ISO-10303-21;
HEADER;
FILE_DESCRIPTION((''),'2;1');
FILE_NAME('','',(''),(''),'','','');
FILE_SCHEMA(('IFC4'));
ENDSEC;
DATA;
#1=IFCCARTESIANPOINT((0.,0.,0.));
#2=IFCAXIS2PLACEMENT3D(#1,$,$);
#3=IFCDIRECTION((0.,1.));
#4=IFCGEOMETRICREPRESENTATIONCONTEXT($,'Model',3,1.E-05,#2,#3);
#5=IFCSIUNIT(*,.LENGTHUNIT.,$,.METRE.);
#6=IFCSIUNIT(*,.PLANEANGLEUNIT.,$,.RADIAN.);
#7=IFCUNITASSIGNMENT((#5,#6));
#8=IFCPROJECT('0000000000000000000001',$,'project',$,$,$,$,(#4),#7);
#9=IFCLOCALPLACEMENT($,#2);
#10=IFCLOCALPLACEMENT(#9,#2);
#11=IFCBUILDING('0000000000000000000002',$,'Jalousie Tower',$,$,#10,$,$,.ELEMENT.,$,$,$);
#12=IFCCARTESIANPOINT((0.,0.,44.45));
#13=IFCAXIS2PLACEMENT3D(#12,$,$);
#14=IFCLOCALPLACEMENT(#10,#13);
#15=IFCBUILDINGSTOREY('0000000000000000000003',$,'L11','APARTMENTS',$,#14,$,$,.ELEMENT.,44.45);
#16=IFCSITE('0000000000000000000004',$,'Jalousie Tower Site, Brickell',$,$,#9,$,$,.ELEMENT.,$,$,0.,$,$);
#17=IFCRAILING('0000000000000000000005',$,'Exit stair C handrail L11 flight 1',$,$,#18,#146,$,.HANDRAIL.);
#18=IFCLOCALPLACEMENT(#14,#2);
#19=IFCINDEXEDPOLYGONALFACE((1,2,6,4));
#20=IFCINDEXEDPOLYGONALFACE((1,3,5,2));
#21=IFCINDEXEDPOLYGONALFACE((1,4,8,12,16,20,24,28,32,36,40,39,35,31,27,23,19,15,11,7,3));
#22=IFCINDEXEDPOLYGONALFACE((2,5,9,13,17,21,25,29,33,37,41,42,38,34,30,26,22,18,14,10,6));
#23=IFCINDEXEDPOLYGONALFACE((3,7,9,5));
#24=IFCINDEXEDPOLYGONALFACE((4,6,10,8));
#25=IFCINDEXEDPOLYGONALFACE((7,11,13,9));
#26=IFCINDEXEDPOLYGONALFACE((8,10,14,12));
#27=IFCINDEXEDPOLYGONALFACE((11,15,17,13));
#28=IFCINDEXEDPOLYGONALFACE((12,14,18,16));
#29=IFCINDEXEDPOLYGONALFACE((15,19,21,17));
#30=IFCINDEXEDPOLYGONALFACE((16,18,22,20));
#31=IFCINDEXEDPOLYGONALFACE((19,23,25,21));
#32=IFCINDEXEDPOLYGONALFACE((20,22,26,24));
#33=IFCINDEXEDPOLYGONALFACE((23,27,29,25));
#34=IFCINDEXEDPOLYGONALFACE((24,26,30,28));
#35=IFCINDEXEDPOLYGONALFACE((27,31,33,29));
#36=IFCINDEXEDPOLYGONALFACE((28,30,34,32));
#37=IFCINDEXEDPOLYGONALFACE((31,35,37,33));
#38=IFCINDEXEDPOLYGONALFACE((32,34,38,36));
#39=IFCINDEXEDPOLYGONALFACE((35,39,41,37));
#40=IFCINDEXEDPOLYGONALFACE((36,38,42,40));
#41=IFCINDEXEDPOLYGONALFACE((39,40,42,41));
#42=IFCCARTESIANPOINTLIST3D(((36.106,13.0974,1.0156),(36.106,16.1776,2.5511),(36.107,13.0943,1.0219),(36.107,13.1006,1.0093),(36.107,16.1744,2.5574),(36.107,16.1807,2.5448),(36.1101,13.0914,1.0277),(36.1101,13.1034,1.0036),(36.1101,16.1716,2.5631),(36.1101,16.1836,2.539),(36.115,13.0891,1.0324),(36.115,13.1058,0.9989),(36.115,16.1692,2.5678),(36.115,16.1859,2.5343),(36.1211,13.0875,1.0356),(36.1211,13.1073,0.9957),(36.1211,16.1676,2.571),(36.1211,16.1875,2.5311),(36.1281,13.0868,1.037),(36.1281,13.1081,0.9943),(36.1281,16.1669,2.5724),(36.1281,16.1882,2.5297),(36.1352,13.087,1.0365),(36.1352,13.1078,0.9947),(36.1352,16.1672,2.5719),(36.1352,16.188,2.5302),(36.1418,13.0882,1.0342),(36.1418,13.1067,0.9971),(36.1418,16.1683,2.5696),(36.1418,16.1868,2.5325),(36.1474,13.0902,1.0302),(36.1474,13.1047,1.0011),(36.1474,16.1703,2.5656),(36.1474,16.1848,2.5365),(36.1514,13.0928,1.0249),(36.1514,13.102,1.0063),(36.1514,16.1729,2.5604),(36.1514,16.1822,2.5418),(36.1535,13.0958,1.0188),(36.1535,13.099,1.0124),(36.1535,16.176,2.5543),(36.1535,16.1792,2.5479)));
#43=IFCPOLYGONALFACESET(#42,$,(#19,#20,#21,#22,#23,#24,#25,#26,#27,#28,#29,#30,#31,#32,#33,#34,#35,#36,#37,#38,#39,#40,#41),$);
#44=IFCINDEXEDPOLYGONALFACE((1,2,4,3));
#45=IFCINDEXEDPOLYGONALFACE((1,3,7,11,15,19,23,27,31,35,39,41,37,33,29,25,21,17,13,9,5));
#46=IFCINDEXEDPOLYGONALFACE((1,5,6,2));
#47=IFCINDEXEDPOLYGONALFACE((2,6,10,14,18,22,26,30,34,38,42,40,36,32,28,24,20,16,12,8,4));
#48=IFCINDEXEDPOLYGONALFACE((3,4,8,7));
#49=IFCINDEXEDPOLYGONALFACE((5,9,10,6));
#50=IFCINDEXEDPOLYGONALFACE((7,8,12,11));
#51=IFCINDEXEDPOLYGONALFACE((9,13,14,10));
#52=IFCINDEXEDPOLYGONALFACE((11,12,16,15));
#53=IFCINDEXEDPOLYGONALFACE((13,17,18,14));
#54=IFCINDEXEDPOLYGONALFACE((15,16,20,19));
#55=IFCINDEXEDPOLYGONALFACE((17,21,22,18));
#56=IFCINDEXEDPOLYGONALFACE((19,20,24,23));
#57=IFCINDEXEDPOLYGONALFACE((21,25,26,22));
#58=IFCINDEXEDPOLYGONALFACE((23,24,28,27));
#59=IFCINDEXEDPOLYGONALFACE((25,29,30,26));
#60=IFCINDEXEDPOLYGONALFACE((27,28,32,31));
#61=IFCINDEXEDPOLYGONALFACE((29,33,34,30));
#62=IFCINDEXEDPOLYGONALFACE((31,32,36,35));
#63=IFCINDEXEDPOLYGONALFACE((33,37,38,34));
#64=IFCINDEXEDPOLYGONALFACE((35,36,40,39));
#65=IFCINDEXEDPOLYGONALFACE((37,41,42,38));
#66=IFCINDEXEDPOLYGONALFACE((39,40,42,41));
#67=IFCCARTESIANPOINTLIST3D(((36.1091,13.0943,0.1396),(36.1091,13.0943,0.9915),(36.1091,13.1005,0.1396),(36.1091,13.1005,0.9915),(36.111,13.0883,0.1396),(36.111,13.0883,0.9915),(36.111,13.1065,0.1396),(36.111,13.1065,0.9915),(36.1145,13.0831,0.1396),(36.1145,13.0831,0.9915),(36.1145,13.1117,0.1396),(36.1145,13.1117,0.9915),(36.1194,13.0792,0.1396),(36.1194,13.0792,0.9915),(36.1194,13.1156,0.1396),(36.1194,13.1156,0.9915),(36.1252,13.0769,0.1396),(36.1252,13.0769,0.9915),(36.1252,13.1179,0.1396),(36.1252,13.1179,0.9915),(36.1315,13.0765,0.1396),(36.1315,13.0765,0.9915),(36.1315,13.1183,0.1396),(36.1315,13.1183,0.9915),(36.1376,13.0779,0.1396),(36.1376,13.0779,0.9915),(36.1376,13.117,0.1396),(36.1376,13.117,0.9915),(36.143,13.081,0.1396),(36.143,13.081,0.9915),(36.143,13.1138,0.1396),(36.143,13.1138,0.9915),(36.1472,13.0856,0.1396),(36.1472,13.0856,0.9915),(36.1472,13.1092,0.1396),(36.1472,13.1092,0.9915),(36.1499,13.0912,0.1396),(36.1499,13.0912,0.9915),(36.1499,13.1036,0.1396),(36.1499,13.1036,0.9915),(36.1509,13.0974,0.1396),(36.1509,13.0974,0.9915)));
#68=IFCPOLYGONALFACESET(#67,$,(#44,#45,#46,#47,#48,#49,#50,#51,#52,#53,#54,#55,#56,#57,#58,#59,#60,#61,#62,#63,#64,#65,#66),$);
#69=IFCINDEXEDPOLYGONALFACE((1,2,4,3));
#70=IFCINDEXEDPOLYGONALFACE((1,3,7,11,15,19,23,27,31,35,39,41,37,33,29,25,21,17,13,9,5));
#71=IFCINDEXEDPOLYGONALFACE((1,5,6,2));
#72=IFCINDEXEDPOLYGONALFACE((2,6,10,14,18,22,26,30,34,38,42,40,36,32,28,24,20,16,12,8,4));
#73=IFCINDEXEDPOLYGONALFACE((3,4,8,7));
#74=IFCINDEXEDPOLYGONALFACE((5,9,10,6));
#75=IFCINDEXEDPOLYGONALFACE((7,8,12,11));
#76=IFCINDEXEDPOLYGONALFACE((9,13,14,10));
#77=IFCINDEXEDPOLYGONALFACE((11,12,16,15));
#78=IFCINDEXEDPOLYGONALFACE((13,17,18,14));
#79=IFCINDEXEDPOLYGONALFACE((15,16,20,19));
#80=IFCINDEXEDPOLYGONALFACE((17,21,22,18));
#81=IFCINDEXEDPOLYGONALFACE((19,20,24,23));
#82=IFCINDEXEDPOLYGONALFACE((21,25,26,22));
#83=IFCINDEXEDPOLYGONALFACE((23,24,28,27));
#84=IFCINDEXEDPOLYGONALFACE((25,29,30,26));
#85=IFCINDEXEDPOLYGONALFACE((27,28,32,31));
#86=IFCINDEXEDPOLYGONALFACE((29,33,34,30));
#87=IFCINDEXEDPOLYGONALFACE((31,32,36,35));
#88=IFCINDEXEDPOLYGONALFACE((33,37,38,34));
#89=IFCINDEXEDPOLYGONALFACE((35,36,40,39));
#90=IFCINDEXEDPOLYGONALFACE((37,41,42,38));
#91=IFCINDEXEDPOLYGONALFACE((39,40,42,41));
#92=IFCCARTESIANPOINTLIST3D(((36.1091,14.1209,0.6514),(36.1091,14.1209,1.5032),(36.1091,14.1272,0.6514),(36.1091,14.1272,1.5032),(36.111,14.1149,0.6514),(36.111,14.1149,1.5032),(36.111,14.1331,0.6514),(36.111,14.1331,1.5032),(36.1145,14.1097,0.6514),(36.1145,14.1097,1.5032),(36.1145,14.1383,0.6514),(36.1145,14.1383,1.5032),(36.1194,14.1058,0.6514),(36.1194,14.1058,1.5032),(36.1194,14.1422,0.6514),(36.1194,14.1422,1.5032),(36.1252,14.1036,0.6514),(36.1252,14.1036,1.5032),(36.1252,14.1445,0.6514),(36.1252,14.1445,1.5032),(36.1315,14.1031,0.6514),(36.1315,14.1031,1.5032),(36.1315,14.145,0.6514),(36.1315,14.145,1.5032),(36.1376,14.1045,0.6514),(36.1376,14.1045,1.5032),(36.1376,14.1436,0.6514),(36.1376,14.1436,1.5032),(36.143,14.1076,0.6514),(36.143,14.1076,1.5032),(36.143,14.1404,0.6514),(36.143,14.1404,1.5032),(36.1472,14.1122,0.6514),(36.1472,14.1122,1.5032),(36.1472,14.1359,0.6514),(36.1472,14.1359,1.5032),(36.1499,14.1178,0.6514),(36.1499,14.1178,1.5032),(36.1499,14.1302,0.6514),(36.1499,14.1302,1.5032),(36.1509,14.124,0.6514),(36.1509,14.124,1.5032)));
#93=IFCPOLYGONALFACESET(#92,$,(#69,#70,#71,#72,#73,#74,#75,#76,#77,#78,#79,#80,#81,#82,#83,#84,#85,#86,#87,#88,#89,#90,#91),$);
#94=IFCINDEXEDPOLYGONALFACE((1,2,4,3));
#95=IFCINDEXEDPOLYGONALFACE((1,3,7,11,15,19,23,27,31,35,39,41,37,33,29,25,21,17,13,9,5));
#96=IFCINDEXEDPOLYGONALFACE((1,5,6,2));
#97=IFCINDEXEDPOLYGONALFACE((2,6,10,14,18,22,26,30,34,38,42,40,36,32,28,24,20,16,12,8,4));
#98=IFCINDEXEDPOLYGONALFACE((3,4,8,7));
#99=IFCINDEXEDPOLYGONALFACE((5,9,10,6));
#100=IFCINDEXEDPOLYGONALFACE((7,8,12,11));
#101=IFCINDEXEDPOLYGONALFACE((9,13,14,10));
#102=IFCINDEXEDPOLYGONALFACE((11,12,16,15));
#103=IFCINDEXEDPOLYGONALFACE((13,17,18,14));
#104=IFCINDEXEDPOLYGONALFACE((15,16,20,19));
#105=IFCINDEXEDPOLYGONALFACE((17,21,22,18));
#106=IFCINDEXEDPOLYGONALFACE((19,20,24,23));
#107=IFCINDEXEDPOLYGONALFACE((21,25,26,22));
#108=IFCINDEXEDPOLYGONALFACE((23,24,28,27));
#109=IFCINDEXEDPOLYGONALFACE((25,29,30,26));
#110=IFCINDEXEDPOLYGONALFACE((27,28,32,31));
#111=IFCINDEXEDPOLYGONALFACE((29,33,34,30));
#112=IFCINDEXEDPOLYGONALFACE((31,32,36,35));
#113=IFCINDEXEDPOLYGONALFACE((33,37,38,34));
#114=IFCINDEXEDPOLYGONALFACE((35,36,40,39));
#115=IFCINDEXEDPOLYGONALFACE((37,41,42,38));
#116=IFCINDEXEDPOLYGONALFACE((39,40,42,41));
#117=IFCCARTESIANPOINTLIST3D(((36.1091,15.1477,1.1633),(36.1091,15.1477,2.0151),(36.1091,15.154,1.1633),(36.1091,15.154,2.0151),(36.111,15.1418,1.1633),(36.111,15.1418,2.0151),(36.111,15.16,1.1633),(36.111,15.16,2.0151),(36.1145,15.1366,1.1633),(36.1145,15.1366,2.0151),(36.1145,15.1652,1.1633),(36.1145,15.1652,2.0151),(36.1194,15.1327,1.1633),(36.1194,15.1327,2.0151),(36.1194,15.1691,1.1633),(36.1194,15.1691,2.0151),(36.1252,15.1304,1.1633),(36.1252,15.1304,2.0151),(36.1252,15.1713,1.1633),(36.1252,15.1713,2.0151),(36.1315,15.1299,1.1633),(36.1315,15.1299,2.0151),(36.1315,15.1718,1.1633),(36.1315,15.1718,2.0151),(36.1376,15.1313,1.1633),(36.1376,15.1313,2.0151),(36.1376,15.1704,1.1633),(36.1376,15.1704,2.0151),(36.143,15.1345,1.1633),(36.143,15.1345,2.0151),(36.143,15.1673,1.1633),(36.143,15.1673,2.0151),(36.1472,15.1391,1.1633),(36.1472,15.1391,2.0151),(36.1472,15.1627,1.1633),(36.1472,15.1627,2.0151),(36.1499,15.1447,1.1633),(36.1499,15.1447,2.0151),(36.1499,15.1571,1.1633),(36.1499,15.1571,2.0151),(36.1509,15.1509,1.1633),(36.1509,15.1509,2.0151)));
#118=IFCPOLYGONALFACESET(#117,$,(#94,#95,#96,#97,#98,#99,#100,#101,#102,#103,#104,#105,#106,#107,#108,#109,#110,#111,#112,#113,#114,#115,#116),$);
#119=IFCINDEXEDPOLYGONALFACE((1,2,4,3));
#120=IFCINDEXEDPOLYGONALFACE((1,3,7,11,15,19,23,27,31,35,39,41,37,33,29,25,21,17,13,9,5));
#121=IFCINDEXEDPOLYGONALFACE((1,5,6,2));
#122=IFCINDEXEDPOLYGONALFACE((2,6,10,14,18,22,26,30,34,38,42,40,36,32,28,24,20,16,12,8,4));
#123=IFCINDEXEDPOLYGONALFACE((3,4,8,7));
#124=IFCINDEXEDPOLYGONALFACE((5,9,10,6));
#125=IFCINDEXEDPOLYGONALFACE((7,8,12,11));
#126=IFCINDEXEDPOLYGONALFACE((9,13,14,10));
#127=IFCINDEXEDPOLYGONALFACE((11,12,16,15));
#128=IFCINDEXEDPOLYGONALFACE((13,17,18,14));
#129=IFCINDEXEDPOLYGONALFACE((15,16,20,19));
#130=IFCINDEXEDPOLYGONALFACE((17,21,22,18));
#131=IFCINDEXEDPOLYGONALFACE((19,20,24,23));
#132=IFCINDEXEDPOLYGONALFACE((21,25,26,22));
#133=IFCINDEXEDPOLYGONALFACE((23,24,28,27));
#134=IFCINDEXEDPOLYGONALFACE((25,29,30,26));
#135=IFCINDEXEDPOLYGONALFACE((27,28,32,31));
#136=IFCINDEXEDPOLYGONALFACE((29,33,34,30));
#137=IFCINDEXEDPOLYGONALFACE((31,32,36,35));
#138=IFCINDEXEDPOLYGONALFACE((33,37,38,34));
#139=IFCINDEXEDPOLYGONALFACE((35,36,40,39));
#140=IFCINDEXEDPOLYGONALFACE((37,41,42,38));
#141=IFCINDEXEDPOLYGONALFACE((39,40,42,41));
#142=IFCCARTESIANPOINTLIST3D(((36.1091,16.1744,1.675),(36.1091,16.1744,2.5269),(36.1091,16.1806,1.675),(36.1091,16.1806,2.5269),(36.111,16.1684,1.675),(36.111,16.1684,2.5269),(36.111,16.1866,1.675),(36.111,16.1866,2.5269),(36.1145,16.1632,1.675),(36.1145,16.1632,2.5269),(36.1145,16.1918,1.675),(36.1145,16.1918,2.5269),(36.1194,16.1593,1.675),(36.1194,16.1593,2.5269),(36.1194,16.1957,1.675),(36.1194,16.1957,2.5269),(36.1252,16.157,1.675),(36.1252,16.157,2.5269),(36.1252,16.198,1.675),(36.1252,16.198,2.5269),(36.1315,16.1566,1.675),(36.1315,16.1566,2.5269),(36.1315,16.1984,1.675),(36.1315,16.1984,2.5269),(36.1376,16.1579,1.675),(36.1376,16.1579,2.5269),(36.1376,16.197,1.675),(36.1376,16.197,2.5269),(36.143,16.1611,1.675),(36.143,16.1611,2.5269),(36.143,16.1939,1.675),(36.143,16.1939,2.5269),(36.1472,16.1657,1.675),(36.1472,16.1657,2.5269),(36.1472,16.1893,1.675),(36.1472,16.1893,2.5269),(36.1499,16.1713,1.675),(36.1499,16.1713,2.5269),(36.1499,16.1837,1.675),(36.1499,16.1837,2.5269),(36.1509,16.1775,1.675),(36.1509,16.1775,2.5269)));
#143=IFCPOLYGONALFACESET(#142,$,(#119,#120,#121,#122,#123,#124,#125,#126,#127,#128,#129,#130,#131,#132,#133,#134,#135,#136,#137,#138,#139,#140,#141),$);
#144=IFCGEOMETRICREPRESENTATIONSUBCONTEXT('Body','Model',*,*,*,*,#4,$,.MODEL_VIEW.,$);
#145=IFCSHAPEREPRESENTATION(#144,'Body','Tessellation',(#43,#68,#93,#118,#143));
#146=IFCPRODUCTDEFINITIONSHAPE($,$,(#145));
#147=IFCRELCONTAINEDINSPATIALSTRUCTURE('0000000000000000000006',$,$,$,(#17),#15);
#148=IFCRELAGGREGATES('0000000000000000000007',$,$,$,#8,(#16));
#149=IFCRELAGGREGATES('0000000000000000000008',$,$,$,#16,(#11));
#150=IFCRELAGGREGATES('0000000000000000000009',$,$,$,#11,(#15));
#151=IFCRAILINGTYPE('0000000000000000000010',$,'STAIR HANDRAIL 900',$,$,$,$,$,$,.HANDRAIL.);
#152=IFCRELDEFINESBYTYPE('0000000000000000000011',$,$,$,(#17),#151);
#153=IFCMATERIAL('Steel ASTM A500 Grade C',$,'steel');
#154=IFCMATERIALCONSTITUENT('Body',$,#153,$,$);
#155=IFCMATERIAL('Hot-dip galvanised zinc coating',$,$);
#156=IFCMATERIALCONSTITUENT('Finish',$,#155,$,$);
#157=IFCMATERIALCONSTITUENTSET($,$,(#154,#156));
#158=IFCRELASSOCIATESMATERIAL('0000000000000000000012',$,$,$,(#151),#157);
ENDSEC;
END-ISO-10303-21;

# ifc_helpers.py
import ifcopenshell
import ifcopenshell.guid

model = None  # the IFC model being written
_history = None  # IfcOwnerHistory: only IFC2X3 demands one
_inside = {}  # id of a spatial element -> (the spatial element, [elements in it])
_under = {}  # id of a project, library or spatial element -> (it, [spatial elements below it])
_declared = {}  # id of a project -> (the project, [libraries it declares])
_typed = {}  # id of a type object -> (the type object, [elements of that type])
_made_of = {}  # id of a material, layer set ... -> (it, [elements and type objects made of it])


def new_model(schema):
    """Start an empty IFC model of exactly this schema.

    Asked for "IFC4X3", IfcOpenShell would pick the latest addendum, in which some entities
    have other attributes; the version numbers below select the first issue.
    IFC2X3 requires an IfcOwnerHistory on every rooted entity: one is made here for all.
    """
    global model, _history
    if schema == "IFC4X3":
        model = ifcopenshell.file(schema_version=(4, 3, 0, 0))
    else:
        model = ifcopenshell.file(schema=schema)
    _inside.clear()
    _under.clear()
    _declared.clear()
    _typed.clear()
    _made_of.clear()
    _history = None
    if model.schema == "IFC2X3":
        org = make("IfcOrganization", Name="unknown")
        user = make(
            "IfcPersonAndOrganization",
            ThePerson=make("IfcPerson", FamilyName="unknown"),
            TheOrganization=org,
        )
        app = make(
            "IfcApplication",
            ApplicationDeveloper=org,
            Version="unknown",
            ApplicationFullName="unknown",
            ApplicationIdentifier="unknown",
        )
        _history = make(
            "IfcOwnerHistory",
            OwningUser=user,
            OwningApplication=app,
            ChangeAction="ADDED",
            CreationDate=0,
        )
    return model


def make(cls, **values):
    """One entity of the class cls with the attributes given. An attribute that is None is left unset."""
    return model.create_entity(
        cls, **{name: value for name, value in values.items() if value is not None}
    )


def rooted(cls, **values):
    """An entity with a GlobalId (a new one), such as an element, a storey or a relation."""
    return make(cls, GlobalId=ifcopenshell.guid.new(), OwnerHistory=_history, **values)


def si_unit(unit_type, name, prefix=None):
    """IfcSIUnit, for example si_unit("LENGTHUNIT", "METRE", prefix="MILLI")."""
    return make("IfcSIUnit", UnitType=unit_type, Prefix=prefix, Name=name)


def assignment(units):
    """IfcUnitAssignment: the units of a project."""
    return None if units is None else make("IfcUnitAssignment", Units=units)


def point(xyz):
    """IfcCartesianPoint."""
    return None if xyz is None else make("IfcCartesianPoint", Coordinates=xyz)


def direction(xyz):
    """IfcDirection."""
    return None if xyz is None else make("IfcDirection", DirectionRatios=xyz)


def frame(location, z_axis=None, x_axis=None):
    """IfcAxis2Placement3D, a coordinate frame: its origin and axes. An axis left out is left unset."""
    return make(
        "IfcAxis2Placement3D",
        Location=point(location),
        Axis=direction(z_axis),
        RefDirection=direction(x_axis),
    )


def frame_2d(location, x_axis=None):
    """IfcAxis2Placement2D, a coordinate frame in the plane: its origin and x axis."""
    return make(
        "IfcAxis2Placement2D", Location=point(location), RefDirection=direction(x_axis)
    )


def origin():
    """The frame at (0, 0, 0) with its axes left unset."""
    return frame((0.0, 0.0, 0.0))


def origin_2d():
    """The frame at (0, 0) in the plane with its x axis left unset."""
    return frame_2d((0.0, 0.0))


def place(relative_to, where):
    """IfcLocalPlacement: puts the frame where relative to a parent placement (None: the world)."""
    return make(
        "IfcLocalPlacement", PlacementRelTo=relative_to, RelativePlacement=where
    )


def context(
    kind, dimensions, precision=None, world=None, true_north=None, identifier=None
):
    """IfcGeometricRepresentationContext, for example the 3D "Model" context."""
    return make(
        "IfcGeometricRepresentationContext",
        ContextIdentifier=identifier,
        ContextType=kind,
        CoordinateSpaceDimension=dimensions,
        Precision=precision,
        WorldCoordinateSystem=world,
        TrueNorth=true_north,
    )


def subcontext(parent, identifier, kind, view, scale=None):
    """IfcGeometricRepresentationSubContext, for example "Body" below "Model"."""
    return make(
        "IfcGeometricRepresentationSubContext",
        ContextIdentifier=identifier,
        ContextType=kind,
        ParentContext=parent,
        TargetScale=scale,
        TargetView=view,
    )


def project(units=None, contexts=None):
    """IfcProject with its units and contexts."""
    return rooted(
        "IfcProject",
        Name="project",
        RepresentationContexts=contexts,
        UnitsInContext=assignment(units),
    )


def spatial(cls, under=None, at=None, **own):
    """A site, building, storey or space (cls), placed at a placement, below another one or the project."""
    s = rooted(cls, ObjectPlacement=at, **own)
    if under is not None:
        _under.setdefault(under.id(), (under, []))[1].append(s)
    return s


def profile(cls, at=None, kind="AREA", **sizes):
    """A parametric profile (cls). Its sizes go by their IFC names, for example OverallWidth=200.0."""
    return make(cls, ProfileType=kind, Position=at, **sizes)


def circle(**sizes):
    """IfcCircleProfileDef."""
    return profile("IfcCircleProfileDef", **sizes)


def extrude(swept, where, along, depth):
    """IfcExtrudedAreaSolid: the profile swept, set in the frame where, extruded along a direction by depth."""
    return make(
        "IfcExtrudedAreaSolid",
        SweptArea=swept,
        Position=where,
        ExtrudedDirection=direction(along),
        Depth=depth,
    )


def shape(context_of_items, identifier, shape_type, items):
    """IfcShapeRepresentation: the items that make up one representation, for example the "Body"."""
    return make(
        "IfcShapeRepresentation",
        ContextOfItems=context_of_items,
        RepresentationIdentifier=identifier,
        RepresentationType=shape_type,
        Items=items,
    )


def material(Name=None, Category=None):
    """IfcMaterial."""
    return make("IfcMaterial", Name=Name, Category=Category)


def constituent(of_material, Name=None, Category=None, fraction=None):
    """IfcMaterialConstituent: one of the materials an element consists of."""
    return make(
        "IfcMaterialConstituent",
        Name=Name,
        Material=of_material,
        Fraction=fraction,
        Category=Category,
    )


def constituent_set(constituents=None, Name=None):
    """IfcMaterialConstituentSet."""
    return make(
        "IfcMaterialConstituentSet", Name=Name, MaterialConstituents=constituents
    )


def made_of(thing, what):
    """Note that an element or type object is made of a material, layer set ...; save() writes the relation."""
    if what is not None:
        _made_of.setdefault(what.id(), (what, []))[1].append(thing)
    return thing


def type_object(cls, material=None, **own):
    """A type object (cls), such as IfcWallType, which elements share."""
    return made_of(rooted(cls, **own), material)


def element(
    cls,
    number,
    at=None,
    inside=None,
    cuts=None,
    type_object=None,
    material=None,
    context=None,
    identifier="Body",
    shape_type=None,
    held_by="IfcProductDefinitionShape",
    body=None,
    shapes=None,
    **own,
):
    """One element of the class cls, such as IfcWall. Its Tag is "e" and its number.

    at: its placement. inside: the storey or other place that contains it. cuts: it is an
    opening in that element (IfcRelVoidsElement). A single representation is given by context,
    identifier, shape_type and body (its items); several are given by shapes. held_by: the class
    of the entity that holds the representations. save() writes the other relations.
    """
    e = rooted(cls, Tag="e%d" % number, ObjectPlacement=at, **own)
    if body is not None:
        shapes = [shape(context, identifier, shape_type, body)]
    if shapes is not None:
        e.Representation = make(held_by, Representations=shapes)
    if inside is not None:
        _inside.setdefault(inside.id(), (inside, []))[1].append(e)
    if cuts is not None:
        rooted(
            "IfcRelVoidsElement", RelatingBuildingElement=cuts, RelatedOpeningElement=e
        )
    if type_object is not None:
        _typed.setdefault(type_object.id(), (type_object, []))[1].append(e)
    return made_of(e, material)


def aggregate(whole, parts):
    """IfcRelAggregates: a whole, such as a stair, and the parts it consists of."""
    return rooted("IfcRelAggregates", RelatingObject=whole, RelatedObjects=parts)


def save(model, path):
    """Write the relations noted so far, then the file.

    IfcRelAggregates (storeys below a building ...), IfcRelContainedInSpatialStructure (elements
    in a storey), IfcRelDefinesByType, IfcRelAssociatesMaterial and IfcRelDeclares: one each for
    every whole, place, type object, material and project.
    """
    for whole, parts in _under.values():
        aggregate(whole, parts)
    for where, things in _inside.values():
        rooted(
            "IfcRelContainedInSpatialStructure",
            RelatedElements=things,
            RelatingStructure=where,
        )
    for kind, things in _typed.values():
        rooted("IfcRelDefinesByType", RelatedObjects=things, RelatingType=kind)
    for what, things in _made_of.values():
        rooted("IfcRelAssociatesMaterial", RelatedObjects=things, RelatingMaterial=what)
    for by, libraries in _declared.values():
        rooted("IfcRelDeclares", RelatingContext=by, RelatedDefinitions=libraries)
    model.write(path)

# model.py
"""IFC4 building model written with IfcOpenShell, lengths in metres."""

from ifc_helpers import new_model, si_unit, direction, frame, origin, origin_2d, place, context, subcontext, project, spatial, circle, extrude, material, constituent, constituent_set, type_object, element, save


model = new_model("IFC4")

# Units and contexts
model_context = context("Model", 3, precision=1e-05, world=origin(), true_north=direction((0.0, 1.0)))
body_context = subcontext(model_context, "Body", "Model", "MODEL_VIEW")
ifc_project = project(units=[si_unit("LENGTHUNIT", "METRE"), si_unit("PLANEANGLEUNIT", "RADIAN")], contexts=[model_context])

# Site, building, storey
site_placement = place(None, origin())
site = spatial("IfcSite", under=ifc_project, at=site_placement, Name="Jalousie Tower Site, Brickell", CompositionType="ELEMENT", RefElevation=0.0)
building_placement = place(site_placement, origin())
building = spatial("IfcBuilding", under=site, at=building_placement, Name="Jalousie Tower", CompositionType="ELEMENT")
storey_placement = place(building_placement, frame((0.0, 0.0, 44.45)))
storey = spatial("IfcBuildingStorey", under=building, at=storey_placement, Name="L11", Description="APARTMENTS", CompositionType="ELEMENT", Elevation=44.45)

# Railing
ifc_material_1 = material(Name="Steel ASTM A500 Grade C", Category="steel")
ifc_constituent_1 = constituent(ifc_material_1, Name="Body")
ifc_material_2 = material(Name="Hot-dip galvanised zinc coating")
ifc_constituent_2 = constituent(ifc_material_2, Name="Finish")
ifc_constituent_set_1 = constituent_set(constituents=[ifc_constituent_1, ifc_constituent_2])
railing_type = type_object("IfcRailingType", Name="STAIR HANDRAIL 900", PredefinedType="HANDRAIL", material=ifc_constituent_set_1)
railing_placement = place(storey_placement, frame((36.1299, 13.0974, 0.1396)))
element("IfcRailing", 1, at=railing_placement, inside=storey, type_object=railing_type, Name="Exit stair C handrail L11 flight 1", PredefinedType="HANDRAIL", context=body_context, shape_type="SweptSolid", body=[
    extrude(circle(Radius=0.0239, at=origin_2d()), frame((0.0, 0.0, 0.876), z_axis=(0.0, 0.894966, 0.446135), x_axis=(-1.0, 0.0, 0.0)), (0.0, 0.0, 1.0), 3.4417),
    extrude(circle(Radius=0.021, at=origin_2d()), origin(), (0.0, 0.0, 1.0), 0.8518),
    extrude(circle(Radius=0.021, at=origin_2d()), frame((0.0, 1.0266, 0.5117)), (0.0, 0.0, 1.0), 0.8518),
    extrude(circle(Radius=0.021, at=origin_2d()), frame((0.0, 2.0535, 1.0237)), (0.0, 0.0, 1.0), 0.8518),
    extrude(circle(Radius=0.021, at=origin_2d()), frame((0.0, 3.0801, 1.5354)), (0.0, 0.0, 1.0), 0.8518),
])

save(model, "model.ifc")
